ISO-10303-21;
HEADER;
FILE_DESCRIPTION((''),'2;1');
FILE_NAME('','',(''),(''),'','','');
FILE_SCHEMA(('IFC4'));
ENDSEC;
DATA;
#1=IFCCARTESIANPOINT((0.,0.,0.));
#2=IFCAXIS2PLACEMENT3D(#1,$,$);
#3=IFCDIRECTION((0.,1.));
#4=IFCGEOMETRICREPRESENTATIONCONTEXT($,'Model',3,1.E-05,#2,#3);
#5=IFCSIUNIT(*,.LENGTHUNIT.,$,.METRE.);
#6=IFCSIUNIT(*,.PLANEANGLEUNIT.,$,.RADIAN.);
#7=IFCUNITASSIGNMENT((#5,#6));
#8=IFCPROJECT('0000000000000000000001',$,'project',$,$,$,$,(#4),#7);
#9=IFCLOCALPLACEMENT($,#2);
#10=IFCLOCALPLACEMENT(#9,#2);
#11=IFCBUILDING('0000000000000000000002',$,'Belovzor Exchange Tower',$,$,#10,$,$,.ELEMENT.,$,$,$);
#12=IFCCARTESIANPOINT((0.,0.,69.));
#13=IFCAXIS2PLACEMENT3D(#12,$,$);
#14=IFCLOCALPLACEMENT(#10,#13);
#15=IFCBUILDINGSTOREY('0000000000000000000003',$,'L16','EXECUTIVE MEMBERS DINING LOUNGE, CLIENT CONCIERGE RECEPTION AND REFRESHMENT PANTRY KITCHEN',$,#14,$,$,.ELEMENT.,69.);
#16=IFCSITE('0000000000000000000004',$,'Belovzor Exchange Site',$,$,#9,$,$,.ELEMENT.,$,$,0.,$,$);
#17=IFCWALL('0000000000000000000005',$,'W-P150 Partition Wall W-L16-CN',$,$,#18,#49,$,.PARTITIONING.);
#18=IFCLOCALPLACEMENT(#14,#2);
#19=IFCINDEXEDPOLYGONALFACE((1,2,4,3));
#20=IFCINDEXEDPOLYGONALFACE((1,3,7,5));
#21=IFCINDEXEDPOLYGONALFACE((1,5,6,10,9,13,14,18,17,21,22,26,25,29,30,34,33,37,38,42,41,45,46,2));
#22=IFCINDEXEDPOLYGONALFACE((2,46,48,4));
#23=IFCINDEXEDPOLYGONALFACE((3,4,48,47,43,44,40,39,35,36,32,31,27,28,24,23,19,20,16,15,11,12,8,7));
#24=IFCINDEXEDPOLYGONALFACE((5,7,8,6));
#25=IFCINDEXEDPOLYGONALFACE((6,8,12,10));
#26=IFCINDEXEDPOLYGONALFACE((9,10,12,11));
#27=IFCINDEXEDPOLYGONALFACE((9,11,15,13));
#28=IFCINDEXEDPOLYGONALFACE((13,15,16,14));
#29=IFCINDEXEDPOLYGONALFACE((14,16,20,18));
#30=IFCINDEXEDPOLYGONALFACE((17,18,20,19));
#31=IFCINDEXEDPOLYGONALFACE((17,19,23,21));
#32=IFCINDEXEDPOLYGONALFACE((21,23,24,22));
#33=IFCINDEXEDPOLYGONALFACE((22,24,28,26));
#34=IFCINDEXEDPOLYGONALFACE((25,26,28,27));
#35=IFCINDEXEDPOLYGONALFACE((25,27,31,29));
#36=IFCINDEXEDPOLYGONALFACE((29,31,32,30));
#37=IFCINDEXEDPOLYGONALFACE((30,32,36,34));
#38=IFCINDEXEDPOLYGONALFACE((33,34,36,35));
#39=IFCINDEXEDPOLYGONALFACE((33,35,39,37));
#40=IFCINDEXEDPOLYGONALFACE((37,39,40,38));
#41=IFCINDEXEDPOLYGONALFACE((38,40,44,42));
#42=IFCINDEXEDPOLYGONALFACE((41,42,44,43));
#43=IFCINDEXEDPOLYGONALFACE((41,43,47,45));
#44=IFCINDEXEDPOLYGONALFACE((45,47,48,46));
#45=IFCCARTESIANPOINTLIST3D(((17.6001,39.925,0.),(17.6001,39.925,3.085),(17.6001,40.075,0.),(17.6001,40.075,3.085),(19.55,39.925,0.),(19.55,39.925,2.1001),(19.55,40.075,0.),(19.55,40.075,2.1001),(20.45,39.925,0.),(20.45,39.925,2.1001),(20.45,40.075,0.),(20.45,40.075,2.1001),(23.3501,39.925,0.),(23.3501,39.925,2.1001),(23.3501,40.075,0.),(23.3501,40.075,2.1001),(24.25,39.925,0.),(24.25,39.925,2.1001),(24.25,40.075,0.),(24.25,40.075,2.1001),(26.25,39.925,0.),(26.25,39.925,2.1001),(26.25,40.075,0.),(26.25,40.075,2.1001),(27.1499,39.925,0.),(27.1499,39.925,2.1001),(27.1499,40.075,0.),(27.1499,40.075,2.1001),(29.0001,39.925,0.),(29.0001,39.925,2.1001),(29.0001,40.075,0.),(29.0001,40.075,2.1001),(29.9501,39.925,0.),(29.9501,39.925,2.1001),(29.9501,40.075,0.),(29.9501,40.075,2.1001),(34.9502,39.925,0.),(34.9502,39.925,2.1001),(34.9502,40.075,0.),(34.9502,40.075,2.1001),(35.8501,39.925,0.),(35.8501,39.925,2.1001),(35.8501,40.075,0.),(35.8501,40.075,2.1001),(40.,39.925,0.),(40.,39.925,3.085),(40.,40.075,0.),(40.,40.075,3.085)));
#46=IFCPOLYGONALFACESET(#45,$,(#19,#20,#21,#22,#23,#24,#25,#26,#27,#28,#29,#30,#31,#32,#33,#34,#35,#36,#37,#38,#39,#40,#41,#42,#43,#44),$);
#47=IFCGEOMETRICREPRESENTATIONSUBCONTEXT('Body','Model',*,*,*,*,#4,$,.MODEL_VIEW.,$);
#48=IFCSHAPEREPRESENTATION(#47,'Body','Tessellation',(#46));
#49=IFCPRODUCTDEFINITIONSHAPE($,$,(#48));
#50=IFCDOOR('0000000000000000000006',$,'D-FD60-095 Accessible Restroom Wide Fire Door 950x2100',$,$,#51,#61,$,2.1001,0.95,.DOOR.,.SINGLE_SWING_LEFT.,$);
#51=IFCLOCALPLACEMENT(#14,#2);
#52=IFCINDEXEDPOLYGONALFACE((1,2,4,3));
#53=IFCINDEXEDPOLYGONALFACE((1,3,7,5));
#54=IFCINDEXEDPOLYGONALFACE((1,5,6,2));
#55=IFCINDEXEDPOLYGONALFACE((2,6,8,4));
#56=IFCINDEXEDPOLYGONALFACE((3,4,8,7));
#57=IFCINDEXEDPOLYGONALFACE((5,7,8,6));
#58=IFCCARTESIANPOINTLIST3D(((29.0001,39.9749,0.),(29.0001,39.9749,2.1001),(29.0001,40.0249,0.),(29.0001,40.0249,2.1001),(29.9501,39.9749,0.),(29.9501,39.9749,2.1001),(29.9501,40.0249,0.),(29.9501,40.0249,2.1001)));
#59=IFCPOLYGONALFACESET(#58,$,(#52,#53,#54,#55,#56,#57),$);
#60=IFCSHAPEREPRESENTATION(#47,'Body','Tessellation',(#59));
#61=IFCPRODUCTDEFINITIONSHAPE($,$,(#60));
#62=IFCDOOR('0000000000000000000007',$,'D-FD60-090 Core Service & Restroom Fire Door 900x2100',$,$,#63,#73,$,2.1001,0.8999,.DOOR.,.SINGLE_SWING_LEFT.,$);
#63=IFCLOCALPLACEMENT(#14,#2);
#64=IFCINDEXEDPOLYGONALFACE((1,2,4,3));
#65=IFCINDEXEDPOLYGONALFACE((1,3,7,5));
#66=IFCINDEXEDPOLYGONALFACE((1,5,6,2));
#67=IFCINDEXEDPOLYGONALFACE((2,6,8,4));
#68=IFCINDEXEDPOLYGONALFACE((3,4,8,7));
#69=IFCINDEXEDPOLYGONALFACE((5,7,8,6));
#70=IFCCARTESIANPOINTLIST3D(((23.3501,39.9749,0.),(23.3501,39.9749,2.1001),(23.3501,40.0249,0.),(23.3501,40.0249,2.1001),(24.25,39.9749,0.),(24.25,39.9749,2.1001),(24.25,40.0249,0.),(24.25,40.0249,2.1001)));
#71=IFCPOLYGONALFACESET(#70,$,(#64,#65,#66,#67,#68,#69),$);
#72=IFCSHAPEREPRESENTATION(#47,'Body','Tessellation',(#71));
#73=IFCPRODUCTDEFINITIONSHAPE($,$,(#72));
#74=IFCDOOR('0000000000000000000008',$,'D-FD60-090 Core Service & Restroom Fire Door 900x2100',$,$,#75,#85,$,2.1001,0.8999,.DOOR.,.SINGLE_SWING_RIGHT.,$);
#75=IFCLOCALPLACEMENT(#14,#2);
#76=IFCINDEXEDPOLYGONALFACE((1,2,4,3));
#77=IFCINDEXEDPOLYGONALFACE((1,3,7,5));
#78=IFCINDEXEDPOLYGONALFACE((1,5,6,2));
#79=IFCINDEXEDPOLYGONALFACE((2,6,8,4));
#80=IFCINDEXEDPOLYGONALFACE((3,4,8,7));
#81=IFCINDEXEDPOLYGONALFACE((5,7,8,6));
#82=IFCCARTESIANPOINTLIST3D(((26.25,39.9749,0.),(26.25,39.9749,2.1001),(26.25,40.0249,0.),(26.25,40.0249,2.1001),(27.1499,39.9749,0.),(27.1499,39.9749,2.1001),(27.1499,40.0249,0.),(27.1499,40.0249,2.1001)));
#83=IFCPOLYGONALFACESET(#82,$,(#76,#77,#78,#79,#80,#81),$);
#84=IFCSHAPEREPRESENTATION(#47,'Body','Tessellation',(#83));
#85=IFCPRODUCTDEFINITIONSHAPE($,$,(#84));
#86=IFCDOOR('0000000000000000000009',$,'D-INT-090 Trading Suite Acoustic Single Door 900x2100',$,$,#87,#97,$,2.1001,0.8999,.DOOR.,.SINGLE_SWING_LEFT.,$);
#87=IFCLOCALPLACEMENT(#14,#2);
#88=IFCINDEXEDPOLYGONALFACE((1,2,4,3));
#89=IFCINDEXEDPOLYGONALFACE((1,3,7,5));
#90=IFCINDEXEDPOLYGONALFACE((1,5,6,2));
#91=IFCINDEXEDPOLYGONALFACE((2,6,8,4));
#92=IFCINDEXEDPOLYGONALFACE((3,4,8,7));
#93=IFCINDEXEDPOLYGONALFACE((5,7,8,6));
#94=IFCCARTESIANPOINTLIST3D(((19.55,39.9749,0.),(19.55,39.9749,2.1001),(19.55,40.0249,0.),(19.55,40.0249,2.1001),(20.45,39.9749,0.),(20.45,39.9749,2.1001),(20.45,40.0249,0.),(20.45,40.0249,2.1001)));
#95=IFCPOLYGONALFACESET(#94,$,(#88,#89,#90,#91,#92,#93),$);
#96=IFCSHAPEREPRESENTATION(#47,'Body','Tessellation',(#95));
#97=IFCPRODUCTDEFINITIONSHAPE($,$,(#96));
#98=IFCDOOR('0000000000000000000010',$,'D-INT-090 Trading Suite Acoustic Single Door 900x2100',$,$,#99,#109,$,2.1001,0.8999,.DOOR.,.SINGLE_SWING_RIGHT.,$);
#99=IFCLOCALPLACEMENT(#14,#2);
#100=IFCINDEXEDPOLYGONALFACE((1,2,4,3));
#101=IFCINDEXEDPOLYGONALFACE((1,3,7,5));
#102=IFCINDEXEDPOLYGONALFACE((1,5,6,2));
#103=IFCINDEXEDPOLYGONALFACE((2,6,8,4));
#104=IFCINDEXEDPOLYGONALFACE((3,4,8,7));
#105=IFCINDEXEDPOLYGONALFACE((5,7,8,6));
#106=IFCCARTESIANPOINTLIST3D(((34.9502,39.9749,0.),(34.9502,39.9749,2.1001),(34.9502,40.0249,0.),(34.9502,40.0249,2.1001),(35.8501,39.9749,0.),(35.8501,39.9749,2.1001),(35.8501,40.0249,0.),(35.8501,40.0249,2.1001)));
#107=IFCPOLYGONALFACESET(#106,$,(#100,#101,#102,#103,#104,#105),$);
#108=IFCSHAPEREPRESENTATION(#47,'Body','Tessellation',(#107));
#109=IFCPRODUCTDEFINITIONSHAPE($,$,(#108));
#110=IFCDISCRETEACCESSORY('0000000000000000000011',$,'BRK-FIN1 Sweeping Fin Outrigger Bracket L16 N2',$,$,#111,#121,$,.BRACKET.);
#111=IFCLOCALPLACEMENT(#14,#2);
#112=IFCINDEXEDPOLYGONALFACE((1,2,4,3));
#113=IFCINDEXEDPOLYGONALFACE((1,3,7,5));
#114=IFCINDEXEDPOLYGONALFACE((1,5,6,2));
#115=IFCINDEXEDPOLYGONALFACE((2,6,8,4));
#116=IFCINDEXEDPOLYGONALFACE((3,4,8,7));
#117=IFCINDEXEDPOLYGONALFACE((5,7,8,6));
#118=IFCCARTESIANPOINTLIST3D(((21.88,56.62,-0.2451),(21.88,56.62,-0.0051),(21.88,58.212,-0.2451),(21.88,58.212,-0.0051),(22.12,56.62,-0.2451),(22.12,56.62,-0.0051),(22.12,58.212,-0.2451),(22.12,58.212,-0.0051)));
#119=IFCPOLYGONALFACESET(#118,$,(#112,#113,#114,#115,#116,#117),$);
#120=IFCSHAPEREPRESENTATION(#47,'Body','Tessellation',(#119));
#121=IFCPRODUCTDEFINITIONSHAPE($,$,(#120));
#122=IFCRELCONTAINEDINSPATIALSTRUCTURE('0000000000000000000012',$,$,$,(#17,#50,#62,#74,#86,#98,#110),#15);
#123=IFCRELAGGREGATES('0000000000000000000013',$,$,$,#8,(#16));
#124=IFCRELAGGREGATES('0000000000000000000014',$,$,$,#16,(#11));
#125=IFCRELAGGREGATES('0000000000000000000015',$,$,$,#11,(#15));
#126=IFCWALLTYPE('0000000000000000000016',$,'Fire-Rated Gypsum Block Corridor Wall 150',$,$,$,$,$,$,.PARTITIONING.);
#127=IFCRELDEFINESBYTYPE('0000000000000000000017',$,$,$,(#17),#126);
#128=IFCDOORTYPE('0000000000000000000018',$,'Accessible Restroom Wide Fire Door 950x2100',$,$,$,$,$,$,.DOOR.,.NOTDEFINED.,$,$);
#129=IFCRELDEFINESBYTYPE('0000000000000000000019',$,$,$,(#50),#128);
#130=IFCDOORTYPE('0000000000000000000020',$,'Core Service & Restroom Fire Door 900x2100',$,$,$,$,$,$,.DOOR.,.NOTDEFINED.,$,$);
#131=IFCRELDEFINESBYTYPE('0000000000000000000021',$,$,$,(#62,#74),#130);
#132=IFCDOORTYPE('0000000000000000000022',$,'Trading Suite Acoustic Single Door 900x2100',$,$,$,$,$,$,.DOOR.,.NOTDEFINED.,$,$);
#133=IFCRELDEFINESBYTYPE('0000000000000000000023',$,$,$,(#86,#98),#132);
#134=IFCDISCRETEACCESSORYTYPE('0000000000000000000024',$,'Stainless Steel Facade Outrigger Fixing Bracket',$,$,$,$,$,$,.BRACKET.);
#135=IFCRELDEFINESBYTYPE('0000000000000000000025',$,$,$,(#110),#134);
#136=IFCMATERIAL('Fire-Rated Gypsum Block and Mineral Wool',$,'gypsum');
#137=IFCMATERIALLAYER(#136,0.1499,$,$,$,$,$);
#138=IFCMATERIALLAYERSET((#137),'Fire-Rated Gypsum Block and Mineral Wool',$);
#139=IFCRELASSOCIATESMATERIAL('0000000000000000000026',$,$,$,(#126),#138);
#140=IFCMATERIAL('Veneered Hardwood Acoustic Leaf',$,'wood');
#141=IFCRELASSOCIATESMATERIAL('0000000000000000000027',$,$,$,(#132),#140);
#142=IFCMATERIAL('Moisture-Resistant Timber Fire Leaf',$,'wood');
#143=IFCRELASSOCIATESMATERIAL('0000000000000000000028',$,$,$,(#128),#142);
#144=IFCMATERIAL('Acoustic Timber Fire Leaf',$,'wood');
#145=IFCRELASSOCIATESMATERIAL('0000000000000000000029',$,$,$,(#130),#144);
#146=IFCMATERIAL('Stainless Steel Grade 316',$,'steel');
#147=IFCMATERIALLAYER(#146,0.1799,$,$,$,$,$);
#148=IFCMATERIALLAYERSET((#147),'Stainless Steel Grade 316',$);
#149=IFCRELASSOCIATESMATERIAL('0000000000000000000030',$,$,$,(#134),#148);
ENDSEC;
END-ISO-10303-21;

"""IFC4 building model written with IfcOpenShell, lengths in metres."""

from ifc_helpers import new_model, si_unit, direction, frame, frame_2d, origin, origin_2d, place, context, subcontext, project, spatial, rectangle, extrude, material, layer, layer_set, type_object, element, fill, save


model = new_model("IFC4")

# Units and contexts
model_context = context("Model", 3, precision=1e-05, world=origin(), true_north=direction((0.0, 1.0)))
body_context = subcontext(model_context, "Body", "Model", "MODEL_VIEW")
ifc_project = project(units=[si_unit("LENGTHUNIT", "METRE"), si_unit("PLANEANGLEUNIT", "RADIAN")], contexts=[model_context])

# Site, building, storey
site_placement = place(None, origin())
site = spatial("IfcSite", under=ifc_project, at=site_placement, Name="Belovzor Exchange Site", CompositionType="ELEMENT", RefElevation=0.0)
building_placement = place(site_placement, origin())
building = spatial("IfcBuilding", under=site, at=building_placement, Name="Belovzor Exchange Tower", CompositionType="ELEMENT")
storey_placement = place(building_placement, frame((0.0, 0.0, 69.0)))
storey = spatial("IfcBuildingStorey", under=building, at=storey_placement, Name="L16", Description="EXECUTIVE MEMBERS DINING LOUNGE, CLIENT CONCIERGE RECEPTION AND REFRESHMENT PANTRY KITCHEN", CompositionType="ELEMENT", Elevation=69.0)

# Shared definitions
ifc_material_1 = material(Name="Fire-Rated Gypsum Block and Mineral Wool", Category="gypsum")
ifc_layer_1 = layer(ifc_material_1, 0.1499)
ifc_layer_set_1 = layer_set([ifc_layer_1], Name="Fire-Rated Gypsum Block and Mineral Wool")
wall_type_1 = type_object("IfcWallType", Name="Fire-Rated Gypsum Block Corridor Wall 150", PredefinedType="PARTITIONING", material=ifc_layer_set_1)

# Shared definitions
ifc_material_2 = material(Name="Veneered Hardwood Acoustic Leaf", Category="wood")
door_type_1 = type_object("IfcDoorType", Name="Trading Suite Acoustic Single Door 900x2100", OperationType="NOTDEFINED", PredefinedType="DOOR", material=ifc_material_2)

# Wall, openings, doors
wall_1_placement = place(storey_placement, frame((17.6001, 40.0, 0.0), z_axis=(0.0, 0.0, 1.0), x_axis=(1.0, 0.0, 0.0)))
wall_1 = element("IfcWall", 1, at=wall_1_placement, inside=storey, type_object=wall_type_1, Name="W-P150 Partition Wall W-L16-CN", PredefinedType="PARTITIONING", context=body_context, shape_type="SweptSolid", body=[
    extrude(rectangle(XDim=22.3999, YDim=0.1499, at=frame_2d((11.2, 0.0))), origin(), (0.0, 0.0, 1.0), 3.085),
])
opening_1_placement = place(wall_1_placement, frame((1.95, 0.0, 0.0)))
opening_1 = element("IfcOpeningElement", 2, at=opening_1_placement, cuts=wall_1, PredefinedType="OPENING", context=body_context, shape_type="SweptSolid", body=[
    extrude(rectangle(XDim=0.8999, YDim=2.1001, at=frame_2d((0.45, 1.05))), frame((0.0, 0.085, 0.0), z_axis=(0.0, -1.0, 0.0), x_axis=(1.0, 0.0, 0.0)), (0.0, 0.0, 1.0), 0.1699),
])
opening_2_placement = place(wall_1_placement, frame((5.75, 0.0, 0.0)))
opening_2 = element("IfcOpeningElement", 3, at=opening_2_placement, cuts=wall_1, PredefinedType="OPENING", context=body_context, shape_type="SweptSolid", body=[
    extrude(rectangle(XDim=0.8999, YDim=2.1001, at=frame_2d((0.45, 1.05))), frame((0.0, 0.085, 0.0), z_axis=(0.0, -1.0, 0.0), x_axis=(1.0, 0.0, 0.0)), (0.0, 0.0, 1.0), 0.1699),
])
opening_3_placement = place(wall_1_placement, frame((8.6499, 0.0, 0.0)))
opening_3 = element("IfcOpeningElement", 4, at=opening_3_placement, cuts=wall_1, PredefinedType="OPENING", context=body_context, shape_type="SweptSolid", body=[
    extrude(rectangle(XDim=0.8999, YDim=2.1001, at=frame_2d((0.45, 1.05))), frame((0.0, 0.085, 0.0), z_axis=(0.0, -1.0, 0.0), x_axis=(1.0, 0.0, 0.0)), (0.0, 0.0, 1.0), 0.1699),
])
opening_4_placement = place(wall_1_placement, frame((11.3999, 0.0, 0.0)))
opening_4 = element("IfcOpeningElement", 5, at=opening_4_placement, cuts=wall_1, PredefinedType="OPENING", context=body_context, shape_type="SweptSolid", body=[
    extrude(rectangle(XDim=0.95, YDim=2.1001, at=frame_2d((0.4751, 1.05))), frame((0.0, 0.085, 0.0), z_axis=(0.0, -1.0, 0.0), x_axis=(1.0, 0.0, 0.0)), (0.0, 0.0, 1.0), 0.1699),
])
opening_5_placement = place(wall_1_placement, frame((17.3501, 0.0, 0.0)))
opening_5 = element("IfcOpeningElement", 6, at=opening_5_placement, cuts=wall_1, PredefinedType="OPENING", context=body_context, shape_type="SweptSolid", body=[
    extrude(rectangle(XDim=0.8999, YDim=2.1001, at=frame_2d((0.45, 1.05))), frame((0.0, 0.085, 0.0), z_axis=(0.0, -1.0, 0.0), x_axis=(1.0, 0.0, 0.0)), (0.0, 0.0, 1.0), 0.1699),
])
ifc_material_3 = material(Name="Moisture-Resistant Timber Fire Leaf", Category="wood")
door_type_2 = type_object("IfcDoorType", Name="Accessible Restroom Wide Fire Door 950x2100", OperationType="NOTDEFINED", PredefinedType="DOOR", material=ifc_material_3)
door_1_placement = place(opening_4_placement, origin())
door_1 = element("IfcDoor", 7, at=door_1_placement, inside=storey, type_object=door_type_2, Name="D-FD60-095 Accessible Restroom Wide Fire Door 950x2100", OperationType="SINGLE_SWING_LEFT", OverallHeight=2.1001, OverallWidth=0.95, PredefinedType="DOOR", context=body_context, shape_type="SweptSolid", body=[
    extrude(rectangle(XDim=0.95, YDim=2.1001, at=frame_2d((0.4751, 1.05))), frame((0.0, 0.0249, 0.0), z_axis=(0.0, -1.0, 0.0), x_axis=(1.0, 0.0, 0.0)), (0.0, 0.0, 1.0), 0.05),
])
fill(opening_4, door_1)
ifc_material_4 = material(Name="Acoustic Timber Fire Leaf", Category="wood")
door_type_3 = type_object("IfcDoorType", Name="Core Service & Restroom Fire Door 900x2100", OperationType="NOTDEFINED", PredefinedType="DOOR", material=ifc_material_4)
door_2_placement = place(opening_2_placement, origin())
door_2 = element("IfcDoor", 8, at=door_2_placement, inside=storey, type_object=door_type_3, Name="D-FD60-090 Core Service & Restroom Fire Door 900x2100", OperationType="SINGLE_SWING_LEFT", OverallHeight=2.1001, OverallWidth=0.8999, PredefinedType="DOOR", context=body_context, shape_type="SweptSolid", body=[
    extrude(rectangle(XDim=0.8999, YDim=2.1001, at=frame_2d((0.45, 1.05))), frame((0.0, 0.0249, 0.0), z_axis=(0.0, -1.0, 0.0), x_axis=(1.0, 0.0, 0.0)), (0.0, 0.0, 1.0), 0.05),
])
fill(opening_2, door_2)
door_3_placement = place(opening_3_placement, origin())
door_3 = element("IfcDoor", 9, at=door_3_placement, inside=storey, type_object=door_type_3, Name="D-FD60-090 Core Service & Restroom Fire Door 900x2100", OperationType="SINGLE_SWING_RIGHT", OverallHeight=2.1001, OverallWidth=0.8999, PredefinedType="DOOR", context=body_context, shape_type="SweptSolid", body=[
    extrude(rectangle(XDim=0.8999, YDim=2.1001, at=frame_2d((0.45, 1.05))), frame((0.0, 0.0249, 0.0), z_axis=(0.0, -1.0, 0.0), x_axis=(1.0, 0.0, 0.0)), (0.0, 0.0, 1.0), 0.05),
])
fill(opening_3, door_3)
door_4_placement = place(opening_1_placement, origin())
door_4 = element("IfcDoor", 10, at=door_4_placement, inside=storey, type_object=door_type_1, Name="D-INT-090 Trading Suite Acoustic Single Door 900x2100", OperationType="SINGLE_SWING_LEFT", OverallHeight=2.1001, OverallWidth=0.8999, PredefinedType="DOOR", context=body_context, shape_type="SweptSolid", body=[
    extrude(rectangle(XDim=0.8999, YDim=2.1001, at=frame_2d((0.45, 1.05))), frame((0.0, 0.0249, 0.0), z_axis=(0.0, -1.0, 0.0), x_axis=(1.0, 0.0, 0.0)), (0.0, 0.0, 1.0), 0.05),
])
fill(opening_1, door_4)
door_5_placement = place(opening_5_placement, origin())
door_5 = element("IfcDoor", 11, at=door_5_placement, inside=storey, type_object=door_type_1, Name="D-INT-090 Trading Suite Acoustic Single Door 900x2100", OperationType="SINGLE_SWING_RIGHT", OverallHeight=2.1001, OverallWidth=0.8999, PredefinedType="DOOR", context=body_context, shape_type="SweptSolid", body=[
    extrude(rectangle(XDim=0.8999, YDim=2.1001, at=frame_2d((0.45, 1.05))), frame((0.0, 0.0249, 0.0), z_axis=(0.0, -1.0, 0.0), x_axis=(1.0, 0.0, 0.0)), (0.0, 0.0, 1.0), 0.05),
])
fill(opening_5, door_5)

# Discrete accessory
ifc_material_5 = material(Name="Stainless Steel Grade 316", Category="steel")
ifc_layer_2 = layer(ifc_material_5, 0.1799)
ifc_layer_set_2 = layer_set([ifc_layer_2], Name="Stainless Steel Grade 316")
discrete_accessory_type = type_object("IfcDiscreteAccessoryType", Name="Stainless Steel Facade Outrigger Fixing Bracket", PredefinedType="BRACKET", material=ifc_layer_set_2)
discrete_accessory_placement = place(storey_placement, frame((22.0, 57.416, -0.2451), z_axis=(0.0, 0.0, 1.0), x_axis=(0.0, 1.0, 0.0)))
element("IfcDiscreteAccessory", 12, at=discrete_accessory_placement, inside=storey, type_object=discrete_accessory_type, Name="BRK-FIN1 Sweeping Fin Outrigger Bracket L16 N2", PredefinedType="BRACKET", context=body_context, shape_type="SweptSolid", body=[
    extrude(rectangle(XDim=1.592, YDim=0.24, at=origin_2d()), origin(), (0.0, 0.0, 1.0), 0.24),
])

save(model, "model.ifc")
